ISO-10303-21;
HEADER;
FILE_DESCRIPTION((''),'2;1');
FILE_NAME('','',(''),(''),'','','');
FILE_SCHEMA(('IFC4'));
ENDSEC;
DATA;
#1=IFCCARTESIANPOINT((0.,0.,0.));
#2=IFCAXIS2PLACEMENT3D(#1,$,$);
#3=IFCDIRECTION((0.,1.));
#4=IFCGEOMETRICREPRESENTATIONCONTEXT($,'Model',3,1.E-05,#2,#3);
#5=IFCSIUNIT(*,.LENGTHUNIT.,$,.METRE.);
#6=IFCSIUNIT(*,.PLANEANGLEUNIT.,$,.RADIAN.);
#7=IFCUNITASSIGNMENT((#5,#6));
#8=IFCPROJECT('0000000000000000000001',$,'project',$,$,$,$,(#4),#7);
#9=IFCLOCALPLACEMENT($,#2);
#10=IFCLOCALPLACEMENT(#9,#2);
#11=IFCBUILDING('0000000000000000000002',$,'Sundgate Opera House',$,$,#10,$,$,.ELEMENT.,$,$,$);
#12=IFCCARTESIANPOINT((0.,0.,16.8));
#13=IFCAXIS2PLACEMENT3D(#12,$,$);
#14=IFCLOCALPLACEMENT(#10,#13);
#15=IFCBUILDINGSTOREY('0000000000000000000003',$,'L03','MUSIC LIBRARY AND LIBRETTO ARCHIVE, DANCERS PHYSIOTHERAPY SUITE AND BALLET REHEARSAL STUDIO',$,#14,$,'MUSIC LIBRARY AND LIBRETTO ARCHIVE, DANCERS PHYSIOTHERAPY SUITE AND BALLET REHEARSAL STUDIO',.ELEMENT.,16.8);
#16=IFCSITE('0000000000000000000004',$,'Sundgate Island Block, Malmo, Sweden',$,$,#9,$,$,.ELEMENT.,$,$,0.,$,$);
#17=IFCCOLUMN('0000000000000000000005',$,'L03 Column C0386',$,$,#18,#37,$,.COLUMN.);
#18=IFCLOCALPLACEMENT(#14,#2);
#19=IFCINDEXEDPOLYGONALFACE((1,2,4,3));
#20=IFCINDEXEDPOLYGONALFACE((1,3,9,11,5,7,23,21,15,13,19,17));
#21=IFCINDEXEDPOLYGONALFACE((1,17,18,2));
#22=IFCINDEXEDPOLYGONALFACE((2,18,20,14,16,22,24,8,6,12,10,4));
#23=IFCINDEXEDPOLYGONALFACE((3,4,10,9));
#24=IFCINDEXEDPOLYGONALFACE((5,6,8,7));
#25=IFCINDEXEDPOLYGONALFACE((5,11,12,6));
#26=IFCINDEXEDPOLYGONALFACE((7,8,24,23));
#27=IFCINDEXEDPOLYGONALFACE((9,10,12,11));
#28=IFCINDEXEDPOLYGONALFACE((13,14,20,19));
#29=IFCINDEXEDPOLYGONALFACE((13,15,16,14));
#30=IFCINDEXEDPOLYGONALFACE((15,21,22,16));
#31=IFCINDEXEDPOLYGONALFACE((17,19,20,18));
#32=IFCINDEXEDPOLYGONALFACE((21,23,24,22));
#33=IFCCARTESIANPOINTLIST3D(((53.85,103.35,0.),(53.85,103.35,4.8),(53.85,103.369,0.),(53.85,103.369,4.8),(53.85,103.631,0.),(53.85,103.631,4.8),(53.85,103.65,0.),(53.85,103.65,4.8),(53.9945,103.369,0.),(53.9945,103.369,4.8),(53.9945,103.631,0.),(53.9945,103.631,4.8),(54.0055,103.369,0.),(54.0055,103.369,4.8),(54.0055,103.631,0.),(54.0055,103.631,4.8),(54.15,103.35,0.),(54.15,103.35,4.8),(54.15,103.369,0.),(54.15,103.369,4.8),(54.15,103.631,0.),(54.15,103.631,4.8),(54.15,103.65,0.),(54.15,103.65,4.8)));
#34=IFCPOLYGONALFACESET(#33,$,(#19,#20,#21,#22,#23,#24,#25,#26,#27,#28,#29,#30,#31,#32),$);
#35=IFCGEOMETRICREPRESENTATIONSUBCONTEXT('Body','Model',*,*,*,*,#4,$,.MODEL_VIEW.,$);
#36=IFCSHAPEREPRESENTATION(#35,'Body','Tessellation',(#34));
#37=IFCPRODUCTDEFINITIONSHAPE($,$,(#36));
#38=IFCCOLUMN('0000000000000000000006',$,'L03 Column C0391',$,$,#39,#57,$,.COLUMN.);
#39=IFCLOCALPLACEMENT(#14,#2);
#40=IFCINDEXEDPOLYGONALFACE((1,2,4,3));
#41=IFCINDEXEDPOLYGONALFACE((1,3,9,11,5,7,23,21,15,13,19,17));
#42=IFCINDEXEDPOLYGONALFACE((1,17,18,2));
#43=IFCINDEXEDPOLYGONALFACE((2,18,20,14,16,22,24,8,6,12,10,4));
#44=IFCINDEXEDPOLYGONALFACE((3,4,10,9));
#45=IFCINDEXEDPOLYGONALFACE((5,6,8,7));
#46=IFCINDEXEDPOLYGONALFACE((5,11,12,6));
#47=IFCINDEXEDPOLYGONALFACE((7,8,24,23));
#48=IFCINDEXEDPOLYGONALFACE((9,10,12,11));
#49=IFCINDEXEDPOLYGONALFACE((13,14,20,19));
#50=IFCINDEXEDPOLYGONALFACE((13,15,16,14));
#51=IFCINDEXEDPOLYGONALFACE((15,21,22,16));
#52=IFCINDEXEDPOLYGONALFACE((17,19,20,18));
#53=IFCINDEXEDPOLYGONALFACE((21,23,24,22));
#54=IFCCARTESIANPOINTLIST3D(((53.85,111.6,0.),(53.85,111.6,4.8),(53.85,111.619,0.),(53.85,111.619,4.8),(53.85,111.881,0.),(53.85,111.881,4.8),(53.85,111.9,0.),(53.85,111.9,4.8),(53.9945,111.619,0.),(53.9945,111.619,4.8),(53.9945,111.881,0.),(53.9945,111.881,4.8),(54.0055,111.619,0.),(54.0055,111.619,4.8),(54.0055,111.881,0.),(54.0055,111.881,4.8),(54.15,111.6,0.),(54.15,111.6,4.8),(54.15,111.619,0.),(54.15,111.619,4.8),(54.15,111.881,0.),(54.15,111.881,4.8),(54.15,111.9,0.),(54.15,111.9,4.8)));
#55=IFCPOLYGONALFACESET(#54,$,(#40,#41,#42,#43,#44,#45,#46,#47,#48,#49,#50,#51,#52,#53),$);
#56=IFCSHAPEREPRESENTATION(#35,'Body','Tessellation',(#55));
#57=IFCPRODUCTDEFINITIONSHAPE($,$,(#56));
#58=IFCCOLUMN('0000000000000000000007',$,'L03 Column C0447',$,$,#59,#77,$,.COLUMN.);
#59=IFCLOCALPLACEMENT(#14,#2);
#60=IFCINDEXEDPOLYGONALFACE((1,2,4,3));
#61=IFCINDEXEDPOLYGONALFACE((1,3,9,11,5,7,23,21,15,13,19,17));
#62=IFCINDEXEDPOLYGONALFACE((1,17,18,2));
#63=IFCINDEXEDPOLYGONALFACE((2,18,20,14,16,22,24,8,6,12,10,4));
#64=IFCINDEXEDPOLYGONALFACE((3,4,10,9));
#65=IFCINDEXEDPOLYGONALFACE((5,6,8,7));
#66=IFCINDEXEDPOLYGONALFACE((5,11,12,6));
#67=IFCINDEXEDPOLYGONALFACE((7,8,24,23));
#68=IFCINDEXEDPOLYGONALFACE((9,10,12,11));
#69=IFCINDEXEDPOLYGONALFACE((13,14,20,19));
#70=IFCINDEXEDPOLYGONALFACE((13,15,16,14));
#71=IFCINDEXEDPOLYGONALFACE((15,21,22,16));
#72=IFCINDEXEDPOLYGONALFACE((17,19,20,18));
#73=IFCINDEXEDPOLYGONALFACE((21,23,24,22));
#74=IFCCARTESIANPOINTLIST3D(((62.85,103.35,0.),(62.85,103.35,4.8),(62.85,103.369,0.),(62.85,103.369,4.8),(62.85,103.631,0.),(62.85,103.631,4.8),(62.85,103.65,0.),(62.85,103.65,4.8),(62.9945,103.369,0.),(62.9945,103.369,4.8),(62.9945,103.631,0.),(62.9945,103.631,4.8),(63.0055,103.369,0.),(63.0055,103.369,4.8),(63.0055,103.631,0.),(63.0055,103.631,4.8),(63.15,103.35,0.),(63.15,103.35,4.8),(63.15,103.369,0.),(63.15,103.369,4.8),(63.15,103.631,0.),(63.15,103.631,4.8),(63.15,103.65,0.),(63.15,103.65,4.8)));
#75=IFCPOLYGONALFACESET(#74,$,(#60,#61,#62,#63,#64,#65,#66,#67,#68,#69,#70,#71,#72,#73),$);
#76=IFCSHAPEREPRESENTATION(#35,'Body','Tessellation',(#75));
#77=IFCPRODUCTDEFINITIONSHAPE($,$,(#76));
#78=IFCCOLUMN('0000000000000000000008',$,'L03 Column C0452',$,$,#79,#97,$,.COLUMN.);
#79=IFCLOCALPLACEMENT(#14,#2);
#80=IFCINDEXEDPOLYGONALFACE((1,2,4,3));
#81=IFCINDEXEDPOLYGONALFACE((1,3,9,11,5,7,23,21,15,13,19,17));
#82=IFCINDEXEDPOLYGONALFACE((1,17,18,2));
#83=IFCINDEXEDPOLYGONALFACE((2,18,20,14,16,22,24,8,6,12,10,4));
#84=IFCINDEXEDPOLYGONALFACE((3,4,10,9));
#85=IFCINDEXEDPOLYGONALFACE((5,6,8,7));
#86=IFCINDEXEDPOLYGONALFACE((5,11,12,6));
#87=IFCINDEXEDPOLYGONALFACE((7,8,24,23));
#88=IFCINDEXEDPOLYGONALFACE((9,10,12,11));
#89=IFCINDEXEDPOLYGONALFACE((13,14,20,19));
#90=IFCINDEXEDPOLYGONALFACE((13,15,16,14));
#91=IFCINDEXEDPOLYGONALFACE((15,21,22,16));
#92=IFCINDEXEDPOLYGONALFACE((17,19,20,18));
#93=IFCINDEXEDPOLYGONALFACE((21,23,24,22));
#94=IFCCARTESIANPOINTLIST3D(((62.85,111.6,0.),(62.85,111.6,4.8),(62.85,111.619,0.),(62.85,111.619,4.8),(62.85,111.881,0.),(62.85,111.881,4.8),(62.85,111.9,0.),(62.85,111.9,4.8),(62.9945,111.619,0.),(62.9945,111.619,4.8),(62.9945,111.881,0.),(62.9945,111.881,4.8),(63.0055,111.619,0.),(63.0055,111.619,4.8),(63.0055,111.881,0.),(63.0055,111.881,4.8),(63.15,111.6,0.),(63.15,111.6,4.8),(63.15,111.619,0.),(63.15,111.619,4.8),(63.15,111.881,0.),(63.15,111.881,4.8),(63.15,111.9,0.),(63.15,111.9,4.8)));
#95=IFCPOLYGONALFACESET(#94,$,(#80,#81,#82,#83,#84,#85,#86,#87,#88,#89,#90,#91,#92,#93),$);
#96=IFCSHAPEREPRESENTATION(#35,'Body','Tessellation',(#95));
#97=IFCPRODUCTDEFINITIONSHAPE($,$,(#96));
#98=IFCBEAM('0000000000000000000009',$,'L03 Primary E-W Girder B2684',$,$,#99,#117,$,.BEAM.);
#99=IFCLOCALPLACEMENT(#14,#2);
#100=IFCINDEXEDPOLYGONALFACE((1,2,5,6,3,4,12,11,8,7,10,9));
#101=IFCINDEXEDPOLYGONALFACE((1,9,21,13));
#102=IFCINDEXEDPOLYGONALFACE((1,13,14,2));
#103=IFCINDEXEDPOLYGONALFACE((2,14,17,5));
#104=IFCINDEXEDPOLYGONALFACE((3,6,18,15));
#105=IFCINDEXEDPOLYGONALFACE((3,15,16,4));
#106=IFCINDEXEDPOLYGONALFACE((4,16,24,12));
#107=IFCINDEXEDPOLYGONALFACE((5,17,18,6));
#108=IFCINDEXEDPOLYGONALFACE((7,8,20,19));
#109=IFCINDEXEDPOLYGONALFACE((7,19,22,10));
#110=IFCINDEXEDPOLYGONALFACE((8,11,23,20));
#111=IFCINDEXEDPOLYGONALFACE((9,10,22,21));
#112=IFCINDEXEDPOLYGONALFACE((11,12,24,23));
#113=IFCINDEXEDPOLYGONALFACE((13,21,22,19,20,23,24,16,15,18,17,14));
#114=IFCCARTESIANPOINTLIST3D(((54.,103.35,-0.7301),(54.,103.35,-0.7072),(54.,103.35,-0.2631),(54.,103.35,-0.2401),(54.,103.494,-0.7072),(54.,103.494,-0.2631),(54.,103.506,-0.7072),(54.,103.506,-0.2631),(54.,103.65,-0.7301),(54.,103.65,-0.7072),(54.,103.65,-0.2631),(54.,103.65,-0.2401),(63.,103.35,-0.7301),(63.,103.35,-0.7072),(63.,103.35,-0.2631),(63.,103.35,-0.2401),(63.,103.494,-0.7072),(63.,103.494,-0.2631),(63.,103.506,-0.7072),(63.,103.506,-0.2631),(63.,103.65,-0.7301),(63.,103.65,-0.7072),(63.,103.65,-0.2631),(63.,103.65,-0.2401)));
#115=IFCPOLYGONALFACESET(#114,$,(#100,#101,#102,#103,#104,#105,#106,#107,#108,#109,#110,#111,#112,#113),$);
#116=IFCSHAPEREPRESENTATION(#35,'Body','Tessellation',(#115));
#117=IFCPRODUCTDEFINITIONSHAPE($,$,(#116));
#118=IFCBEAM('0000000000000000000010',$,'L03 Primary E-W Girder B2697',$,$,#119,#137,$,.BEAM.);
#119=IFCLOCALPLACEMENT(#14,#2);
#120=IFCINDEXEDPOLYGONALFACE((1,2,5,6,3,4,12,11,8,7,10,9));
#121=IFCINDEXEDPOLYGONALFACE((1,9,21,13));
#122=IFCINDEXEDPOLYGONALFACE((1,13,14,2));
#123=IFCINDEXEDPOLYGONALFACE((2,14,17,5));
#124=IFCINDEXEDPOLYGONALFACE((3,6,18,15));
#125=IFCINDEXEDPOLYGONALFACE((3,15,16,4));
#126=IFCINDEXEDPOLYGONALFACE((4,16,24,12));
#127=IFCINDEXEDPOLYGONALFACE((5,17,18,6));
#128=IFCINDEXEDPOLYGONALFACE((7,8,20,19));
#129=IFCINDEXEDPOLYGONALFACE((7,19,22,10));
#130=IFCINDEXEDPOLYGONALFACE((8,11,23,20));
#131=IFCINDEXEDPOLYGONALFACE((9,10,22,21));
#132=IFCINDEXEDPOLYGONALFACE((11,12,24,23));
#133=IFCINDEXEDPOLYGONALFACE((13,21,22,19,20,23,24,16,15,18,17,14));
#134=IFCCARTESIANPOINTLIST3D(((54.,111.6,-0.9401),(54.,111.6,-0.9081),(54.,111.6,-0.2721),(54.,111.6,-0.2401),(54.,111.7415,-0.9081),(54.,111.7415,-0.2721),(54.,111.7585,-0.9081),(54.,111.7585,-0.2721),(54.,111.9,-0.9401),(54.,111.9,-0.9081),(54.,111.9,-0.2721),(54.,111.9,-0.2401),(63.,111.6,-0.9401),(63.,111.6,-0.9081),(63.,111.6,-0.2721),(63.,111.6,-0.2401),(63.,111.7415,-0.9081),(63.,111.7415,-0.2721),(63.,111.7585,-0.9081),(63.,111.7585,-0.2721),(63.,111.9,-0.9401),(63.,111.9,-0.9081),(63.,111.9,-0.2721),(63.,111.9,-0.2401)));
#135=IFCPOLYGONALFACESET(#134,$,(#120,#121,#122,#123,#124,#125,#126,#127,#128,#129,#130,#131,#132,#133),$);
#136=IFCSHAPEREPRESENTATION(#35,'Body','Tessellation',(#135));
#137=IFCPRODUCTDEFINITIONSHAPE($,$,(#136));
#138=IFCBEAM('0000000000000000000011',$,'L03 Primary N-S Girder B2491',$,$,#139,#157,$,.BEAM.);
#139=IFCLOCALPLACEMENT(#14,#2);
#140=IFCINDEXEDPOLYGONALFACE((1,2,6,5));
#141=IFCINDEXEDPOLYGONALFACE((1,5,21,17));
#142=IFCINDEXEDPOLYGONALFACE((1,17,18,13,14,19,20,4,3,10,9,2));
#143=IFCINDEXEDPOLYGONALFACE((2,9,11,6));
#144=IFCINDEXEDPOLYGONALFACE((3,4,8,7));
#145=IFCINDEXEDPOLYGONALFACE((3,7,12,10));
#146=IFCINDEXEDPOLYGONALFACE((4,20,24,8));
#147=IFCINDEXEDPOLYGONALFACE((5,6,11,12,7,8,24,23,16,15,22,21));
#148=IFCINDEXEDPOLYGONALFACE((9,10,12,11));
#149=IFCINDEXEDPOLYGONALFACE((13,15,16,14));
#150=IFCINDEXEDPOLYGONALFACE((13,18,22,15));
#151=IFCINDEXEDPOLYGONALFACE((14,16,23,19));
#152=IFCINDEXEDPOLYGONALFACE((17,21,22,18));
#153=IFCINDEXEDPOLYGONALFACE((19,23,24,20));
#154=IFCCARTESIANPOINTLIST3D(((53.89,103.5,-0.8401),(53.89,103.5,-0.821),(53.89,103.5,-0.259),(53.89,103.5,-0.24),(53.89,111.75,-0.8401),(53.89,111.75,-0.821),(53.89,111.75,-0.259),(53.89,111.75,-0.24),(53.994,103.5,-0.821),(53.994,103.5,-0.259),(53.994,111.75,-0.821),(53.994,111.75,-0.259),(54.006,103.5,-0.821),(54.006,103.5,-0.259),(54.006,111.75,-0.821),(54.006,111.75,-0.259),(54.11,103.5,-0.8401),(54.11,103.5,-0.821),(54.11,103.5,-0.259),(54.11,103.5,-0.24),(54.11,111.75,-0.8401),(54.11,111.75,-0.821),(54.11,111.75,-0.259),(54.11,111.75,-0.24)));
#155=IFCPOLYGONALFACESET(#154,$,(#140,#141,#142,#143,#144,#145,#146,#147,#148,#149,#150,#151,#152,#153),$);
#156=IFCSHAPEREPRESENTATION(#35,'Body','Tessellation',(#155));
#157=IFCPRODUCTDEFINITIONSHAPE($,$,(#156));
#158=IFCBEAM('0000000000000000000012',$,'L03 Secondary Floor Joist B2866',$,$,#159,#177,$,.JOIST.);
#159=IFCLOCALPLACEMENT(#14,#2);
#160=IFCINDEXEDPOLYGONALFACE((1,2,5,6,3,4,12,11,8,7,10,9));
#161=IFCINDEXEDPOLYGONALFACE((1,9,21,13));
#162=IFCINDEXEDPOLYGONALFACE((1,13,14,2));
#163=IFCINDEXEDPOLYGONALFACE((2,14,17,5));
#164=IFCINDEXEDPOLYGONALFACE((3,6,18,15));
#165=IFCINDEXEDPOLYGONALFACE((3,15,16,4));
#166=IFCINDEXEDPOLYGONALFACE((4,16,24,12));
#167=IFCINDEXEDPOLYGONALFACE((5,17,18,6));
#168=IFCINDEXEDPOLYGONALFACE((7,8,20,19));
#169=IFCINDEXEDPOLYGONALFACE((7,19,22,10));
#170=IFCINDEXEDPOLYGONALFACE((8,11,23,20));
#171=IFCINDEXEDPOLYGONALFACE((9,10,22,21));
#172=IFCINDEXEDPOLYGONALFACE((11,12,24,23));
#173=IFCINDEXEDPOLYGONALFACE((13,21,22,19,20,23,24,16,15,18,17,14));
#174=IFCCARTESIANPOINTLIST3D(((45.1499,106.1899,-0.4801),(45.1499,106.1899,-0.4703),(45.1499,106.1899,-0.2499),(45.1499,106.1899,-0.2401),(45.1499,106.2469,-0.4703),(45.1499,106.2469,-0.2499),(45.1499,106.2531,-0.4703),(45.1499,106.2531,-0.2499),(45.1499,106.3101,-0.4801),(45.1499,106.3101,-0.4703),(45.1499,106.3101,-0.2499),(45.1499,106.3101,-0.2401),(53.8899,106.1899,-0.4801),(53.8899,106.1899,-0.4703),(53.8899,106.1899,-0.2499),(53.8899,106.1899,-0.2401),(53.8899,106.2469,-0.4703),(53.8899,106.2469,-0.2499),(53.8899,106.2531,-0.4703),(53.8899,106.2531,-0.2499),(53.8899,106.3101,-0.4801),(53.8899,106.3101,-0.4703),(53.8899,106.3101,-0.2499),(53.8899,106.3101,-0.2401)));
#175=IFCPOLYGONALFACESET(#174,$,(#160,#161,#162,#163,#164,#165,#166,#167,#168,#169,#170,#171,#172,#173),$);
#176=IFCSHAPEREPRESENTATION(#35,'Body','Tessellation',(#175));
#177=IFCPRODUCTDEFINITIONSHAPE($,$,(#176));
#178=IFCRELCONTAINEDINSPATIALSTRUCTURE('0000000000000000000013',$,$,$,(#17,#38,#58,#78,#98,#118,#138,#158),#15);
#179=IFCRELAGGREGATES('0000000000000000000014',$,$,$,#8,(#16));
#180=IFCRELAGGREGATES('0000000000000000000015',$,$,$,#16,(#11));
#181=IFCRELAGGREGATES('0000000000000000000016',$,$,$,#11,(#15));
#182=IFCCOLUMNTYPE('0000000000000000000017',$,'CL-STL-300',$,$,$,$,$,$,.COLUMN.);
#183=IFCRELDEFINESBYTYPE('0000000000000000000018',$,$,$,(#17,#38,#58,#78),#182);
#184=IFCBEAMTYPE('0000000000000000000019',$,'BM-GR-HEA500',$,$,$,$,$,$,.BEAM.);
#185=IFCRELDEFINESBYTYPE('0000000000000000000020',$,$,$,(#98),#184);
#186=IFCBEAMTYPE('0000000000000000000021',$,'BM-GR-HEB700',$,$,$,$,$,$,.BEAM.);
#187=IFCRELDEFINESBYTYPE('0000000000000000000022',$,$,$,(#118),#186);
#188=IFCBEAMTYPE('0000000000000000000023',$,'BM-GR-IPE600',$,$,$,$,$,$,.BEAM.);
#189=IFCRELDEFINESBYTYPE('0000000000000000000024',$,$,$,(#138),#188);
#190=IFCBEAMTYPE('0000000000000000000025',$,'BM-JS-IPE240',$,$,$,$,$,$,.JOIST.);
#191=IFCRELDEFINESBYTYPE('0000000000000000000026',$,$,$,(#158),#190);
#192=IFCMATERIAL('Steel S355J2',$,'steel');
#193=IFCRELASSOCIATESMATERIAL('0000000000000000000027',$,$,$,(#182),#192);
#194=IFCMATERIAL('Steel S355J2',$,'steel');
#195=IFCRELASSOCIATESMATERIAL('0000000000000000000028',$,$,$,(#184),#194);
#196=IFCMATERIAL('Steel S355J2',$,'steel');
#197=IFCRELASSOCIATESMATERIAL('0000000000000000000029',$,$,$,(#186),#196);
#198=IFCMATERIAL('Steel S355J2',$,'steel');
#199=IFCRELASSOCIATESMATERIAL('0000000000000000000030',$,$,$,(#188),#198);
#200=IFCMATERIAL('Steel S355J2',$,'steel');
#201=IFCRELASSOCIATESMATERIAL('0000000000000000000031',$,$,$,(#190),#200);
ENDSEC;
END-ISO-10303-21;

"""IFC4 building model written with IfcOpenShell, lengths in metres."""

from ifc_helpers import new_model, si_unit, direction, frame, origin, origin_2d, place, context, subcontext, project, spatial, i_section, extrude, material, material_profile, profile_set, type_object, element, save


model = new_model("IFC4")

# Units and contexts
model_context = context("Model", 3, precision=1e-05, world=origin(), true_north=direction((0.0, 1.0)))
body_context = subcontext(model_context, "Body", "Model", "MODEL_VIEW")
ifc_project = project(units=[si_unit("LENGTHUNIT", "METRE"), si_unit("PLANEANGLEUNIT", "RADIAN")], contexts=[model_context])

# Site, building, storey
site_placement = place(None, origin())
site = spatial("IfcSite", under=ifc_project, at=site_placement, Name="Sundgate Island Block, Malmo, Sweden", CompositionType="ELEMENT", RefElevation=0.0)
building_placement = place(site_placement, origin())
building = spatial("IfcBuilding", under=site, at=building_placement, Name="Sundgate Opera House", CompositionType="ELEMENT")
storey_placement = place(building_placement, frame((0.0, 0.0, 16.8)))
storey = spatial("IfcBuildingStorey", under=building, at=storey_placement, Name="L03", Description="MUSIC LIBRARY AND LIBRETTO ARCHIVE, DANCERS PHYSIOTHERAPY SUITE AND BALLET REHEARSAL STUDIO", LongName="MUSIC LIBRARY AND LIBRETTO ARCHIVE, DANCERS PHYSIOTHERAPY SUITE AND BALLET REHEARSAL STUDIO", CompositionType="ELEMENT", Elevation=16.8)

# Columns
ifc_material_1 = material(Name="Steel S355J2", Category="steel")
ifc_material_profile_1 = material_profile(ifc_material_1, i_section(OverallWidth=0.3, OverallDepth=0.3, WebThickness=0.011, FlangeThickness=0.019, at=origin_2d()), Name="HEB 300")
ifc_profile_set_1 = profile_set([ifc_material_profile_1], Name="Steel S355J2")
column_type = type_object("IfcColumnType", Name="CL-STL-300", PredefinedType="COLUMN", material=ifc_profile_set_1)
for number, where, z_axis, x_axis, name in (
    (1, (54.0, 103.5, 0.0), (0.0, 0.0, 1.0), (1.0, 0.0, 0.0), "L03 Column C0386"),
    (2, (54.0, 111.75, 0.0), (0.0, 0.0, 1.0), (1.0, 0.0, 0.0), "L03 Column C0391"),
    (3, (63.0, 103.5, 0.0), (0.0, 0.0, 1.0), (1.0, 0.0, 0.0), "L03 Column C0447"),
    (4, (63.0, 111.75, 0.0), (0.0, 0.0, 1.0), (1.0, 0.0, 0.0), "L03 Column C0452"),
):
    element("IfcColumn", number, at=place(storey_placement, frame(where, z_axis=z_axis, x_axis=x_axis)), inside=storey, type_object=column_type, Name=name, PredefinedType="COLUMN", context=body_context, shape_type="SweptSolid", body=[
        extrude(i_section(OverallWidth=0.3, OverallDepth=0.3, WebThickness=0.011, FlangeThickness=0.019, at=origin_2d()), origin(), (0.0, 0.0, 1.0), 4.8),
    ])

# Beams
ifc_material_2 = material(Name="Steel S355J2", Category="steel")
ifc_material_profile_2 = material_profile(ifc_material_2, i_section(OverallWidth=0.3, OverallDepth=0.49, WebThickness=0.012, FlangeThickness=0.0229, at=origin_2d()), Name="HEA 500")
ifc_profile_set_2 = profile_set([ifc_material_profile_2], Name="Steel S355J2")
beam_type_1 = type_object("IfcBeamType", Name="BM-GR-HEA500", PredefinedType="BEAM", material=ifc_profile_set_2)
beam_1_placement = place(storey_placement, frame((54.0, 103.5, -0.4851), z_axis=(1.0, 0.0, 0.0), x_axis=(0.0, 1.0, 0.0)))
element("IfcBeam", 5, at=beam_1_placement, inside=storey, type_object=beam_type_1, Name="L03 Primary E-W Girder B2684", PredefinedType="BEAM", context=body_context, shape_type="SweptSolid", body=[
    extrude(i_section(OverallWidth=0.3, OverallDepth=0.49, WebThickness=0.012, FlangeThickness=0.0229, at=origin_2d()), origin(), (0.0, 0.0, 1.0), 9.0),
])
ifc_material_3 = material(Name="Steel S355J2", Category="steel")
ifc_material_profile_3 = material_profile(ifc_material_3, i_section(OverallWidth=0.3, OverallDepth=0.7, WebThickness=0.0171, FlangeThickness=0.032, at=origin_2d()), Name="HEB 700")
ifc_profile_set_3 = profile_set([ifc_material_profile_3], Name="Steel S355J2")
beam_type_2 = type_object("IfcBeamType", Name="BM-GR-HEB700", PredefinedType="BEAM", material=ifc_profile_set_3)
beam_2_placement = place(storey_placement, frame((54.0, 111.75, -0.5901), z_axis=(1.0, 0.0, 0.0), x_axis=(0.0, 1.0, 0.0)))
element("IfcBeam", 6, at=beam_2_placement, inside=storey, type_object=beam_type_2, Name="L03 Primary E-W Girder B2697", PredefinedType="BEAM", context=body_context, shape_type="SweptSolid", body=[
    extrude(i_section(OverallWidth=0.3, OverallDepth=0.7, WebThickness=0.0171, FlangeThickness=0.032, at=origin_2d()), origin(), (0.0, 0.0, 1.0), 9.0),
])
ifc_material_4 = material(Name="Steel S355J2", Category="steel")
ifc_material_profile_4 = material_profile(ifc_material_4, i_section(OverallWidth=0.22, OverallDepth=0.6001, WebThickness=0.012, FlangeThickness=0.019, at=origin_2d()), Name="IPE 600")
ifc_profile_set_4 = profile_set([ifc_material_profile_4], Name="Steel S355J2")
beam_type_3 = type_object("IfcBeamType", Name="BM-GR-IPE600", PredefinedType="BEAM", material=ifc_profile_set_4)
beam_3_placement = place(storey_placement, frame((54.0, 103.5, -0.54), z_axis=(0.0, 1.0, 0.0), x_axis=(-1.0, 0.0, 0.0)))
element("IfcBeam", 7, at=beam_3_placement, inside=storey, type_object=beam_type_3, Name="L03 Primary N-S Girder B2491", PredefinedType="BEAM", context=body_context, shape_type="SweptSolid", body=[
    extrude(i_section(OverallWidth=0.22, OverallDepth=0.6001, WebThickness=0.012, FlangeThickness=0.019, at=origin_2d()), origin(), (0.0, 0.0, 1.0), 8.25),
])
ifc_material_5 = material(Name="Steel S355J2", Category="steel")
ifc_material_profile_5 = material_profile(ifc_material_5, i_section(OverallWidth=0.1201, OverallDepth=0.24, WebThickness=0.0061, FlangeThickness=0.0098, at=origin_2d()), Name="IPE 240")
ifc_profile_set_5 = profile_set([ifc_material_profile_5], Name="Steel S355J2")
beam_type_4 = type_object("IfcBeamType", Name="BM-JS-IPE240", PredefinedType="JOIST", material=ifc_profile_set_5)
beam_4_placement = place(storey_placement, frame((45.1499, 106.25, -0.3601), z_axis=(1.0, 0.0, 0.0), x_axis=(0.0, 1.0, 0.0)))
element("IfcBeam", 8, at=beam_4_placement, inside=storey, type_object=beam_type_4, Name="L03 Secondary Floor Joist B2866", PredefinedType="JOIST", context=body_context, shape_type="SweptSolid", body=[
    extrude(i_section(OverallWidth=0.1201, OverallDepth=0.24, WebThickness=0.0061, FlangeThickness=0.0098, at=origin_2d()), origin(), (0.0, 0.0, 1.0), 8.74),
])

save(model, "model.ifc")
